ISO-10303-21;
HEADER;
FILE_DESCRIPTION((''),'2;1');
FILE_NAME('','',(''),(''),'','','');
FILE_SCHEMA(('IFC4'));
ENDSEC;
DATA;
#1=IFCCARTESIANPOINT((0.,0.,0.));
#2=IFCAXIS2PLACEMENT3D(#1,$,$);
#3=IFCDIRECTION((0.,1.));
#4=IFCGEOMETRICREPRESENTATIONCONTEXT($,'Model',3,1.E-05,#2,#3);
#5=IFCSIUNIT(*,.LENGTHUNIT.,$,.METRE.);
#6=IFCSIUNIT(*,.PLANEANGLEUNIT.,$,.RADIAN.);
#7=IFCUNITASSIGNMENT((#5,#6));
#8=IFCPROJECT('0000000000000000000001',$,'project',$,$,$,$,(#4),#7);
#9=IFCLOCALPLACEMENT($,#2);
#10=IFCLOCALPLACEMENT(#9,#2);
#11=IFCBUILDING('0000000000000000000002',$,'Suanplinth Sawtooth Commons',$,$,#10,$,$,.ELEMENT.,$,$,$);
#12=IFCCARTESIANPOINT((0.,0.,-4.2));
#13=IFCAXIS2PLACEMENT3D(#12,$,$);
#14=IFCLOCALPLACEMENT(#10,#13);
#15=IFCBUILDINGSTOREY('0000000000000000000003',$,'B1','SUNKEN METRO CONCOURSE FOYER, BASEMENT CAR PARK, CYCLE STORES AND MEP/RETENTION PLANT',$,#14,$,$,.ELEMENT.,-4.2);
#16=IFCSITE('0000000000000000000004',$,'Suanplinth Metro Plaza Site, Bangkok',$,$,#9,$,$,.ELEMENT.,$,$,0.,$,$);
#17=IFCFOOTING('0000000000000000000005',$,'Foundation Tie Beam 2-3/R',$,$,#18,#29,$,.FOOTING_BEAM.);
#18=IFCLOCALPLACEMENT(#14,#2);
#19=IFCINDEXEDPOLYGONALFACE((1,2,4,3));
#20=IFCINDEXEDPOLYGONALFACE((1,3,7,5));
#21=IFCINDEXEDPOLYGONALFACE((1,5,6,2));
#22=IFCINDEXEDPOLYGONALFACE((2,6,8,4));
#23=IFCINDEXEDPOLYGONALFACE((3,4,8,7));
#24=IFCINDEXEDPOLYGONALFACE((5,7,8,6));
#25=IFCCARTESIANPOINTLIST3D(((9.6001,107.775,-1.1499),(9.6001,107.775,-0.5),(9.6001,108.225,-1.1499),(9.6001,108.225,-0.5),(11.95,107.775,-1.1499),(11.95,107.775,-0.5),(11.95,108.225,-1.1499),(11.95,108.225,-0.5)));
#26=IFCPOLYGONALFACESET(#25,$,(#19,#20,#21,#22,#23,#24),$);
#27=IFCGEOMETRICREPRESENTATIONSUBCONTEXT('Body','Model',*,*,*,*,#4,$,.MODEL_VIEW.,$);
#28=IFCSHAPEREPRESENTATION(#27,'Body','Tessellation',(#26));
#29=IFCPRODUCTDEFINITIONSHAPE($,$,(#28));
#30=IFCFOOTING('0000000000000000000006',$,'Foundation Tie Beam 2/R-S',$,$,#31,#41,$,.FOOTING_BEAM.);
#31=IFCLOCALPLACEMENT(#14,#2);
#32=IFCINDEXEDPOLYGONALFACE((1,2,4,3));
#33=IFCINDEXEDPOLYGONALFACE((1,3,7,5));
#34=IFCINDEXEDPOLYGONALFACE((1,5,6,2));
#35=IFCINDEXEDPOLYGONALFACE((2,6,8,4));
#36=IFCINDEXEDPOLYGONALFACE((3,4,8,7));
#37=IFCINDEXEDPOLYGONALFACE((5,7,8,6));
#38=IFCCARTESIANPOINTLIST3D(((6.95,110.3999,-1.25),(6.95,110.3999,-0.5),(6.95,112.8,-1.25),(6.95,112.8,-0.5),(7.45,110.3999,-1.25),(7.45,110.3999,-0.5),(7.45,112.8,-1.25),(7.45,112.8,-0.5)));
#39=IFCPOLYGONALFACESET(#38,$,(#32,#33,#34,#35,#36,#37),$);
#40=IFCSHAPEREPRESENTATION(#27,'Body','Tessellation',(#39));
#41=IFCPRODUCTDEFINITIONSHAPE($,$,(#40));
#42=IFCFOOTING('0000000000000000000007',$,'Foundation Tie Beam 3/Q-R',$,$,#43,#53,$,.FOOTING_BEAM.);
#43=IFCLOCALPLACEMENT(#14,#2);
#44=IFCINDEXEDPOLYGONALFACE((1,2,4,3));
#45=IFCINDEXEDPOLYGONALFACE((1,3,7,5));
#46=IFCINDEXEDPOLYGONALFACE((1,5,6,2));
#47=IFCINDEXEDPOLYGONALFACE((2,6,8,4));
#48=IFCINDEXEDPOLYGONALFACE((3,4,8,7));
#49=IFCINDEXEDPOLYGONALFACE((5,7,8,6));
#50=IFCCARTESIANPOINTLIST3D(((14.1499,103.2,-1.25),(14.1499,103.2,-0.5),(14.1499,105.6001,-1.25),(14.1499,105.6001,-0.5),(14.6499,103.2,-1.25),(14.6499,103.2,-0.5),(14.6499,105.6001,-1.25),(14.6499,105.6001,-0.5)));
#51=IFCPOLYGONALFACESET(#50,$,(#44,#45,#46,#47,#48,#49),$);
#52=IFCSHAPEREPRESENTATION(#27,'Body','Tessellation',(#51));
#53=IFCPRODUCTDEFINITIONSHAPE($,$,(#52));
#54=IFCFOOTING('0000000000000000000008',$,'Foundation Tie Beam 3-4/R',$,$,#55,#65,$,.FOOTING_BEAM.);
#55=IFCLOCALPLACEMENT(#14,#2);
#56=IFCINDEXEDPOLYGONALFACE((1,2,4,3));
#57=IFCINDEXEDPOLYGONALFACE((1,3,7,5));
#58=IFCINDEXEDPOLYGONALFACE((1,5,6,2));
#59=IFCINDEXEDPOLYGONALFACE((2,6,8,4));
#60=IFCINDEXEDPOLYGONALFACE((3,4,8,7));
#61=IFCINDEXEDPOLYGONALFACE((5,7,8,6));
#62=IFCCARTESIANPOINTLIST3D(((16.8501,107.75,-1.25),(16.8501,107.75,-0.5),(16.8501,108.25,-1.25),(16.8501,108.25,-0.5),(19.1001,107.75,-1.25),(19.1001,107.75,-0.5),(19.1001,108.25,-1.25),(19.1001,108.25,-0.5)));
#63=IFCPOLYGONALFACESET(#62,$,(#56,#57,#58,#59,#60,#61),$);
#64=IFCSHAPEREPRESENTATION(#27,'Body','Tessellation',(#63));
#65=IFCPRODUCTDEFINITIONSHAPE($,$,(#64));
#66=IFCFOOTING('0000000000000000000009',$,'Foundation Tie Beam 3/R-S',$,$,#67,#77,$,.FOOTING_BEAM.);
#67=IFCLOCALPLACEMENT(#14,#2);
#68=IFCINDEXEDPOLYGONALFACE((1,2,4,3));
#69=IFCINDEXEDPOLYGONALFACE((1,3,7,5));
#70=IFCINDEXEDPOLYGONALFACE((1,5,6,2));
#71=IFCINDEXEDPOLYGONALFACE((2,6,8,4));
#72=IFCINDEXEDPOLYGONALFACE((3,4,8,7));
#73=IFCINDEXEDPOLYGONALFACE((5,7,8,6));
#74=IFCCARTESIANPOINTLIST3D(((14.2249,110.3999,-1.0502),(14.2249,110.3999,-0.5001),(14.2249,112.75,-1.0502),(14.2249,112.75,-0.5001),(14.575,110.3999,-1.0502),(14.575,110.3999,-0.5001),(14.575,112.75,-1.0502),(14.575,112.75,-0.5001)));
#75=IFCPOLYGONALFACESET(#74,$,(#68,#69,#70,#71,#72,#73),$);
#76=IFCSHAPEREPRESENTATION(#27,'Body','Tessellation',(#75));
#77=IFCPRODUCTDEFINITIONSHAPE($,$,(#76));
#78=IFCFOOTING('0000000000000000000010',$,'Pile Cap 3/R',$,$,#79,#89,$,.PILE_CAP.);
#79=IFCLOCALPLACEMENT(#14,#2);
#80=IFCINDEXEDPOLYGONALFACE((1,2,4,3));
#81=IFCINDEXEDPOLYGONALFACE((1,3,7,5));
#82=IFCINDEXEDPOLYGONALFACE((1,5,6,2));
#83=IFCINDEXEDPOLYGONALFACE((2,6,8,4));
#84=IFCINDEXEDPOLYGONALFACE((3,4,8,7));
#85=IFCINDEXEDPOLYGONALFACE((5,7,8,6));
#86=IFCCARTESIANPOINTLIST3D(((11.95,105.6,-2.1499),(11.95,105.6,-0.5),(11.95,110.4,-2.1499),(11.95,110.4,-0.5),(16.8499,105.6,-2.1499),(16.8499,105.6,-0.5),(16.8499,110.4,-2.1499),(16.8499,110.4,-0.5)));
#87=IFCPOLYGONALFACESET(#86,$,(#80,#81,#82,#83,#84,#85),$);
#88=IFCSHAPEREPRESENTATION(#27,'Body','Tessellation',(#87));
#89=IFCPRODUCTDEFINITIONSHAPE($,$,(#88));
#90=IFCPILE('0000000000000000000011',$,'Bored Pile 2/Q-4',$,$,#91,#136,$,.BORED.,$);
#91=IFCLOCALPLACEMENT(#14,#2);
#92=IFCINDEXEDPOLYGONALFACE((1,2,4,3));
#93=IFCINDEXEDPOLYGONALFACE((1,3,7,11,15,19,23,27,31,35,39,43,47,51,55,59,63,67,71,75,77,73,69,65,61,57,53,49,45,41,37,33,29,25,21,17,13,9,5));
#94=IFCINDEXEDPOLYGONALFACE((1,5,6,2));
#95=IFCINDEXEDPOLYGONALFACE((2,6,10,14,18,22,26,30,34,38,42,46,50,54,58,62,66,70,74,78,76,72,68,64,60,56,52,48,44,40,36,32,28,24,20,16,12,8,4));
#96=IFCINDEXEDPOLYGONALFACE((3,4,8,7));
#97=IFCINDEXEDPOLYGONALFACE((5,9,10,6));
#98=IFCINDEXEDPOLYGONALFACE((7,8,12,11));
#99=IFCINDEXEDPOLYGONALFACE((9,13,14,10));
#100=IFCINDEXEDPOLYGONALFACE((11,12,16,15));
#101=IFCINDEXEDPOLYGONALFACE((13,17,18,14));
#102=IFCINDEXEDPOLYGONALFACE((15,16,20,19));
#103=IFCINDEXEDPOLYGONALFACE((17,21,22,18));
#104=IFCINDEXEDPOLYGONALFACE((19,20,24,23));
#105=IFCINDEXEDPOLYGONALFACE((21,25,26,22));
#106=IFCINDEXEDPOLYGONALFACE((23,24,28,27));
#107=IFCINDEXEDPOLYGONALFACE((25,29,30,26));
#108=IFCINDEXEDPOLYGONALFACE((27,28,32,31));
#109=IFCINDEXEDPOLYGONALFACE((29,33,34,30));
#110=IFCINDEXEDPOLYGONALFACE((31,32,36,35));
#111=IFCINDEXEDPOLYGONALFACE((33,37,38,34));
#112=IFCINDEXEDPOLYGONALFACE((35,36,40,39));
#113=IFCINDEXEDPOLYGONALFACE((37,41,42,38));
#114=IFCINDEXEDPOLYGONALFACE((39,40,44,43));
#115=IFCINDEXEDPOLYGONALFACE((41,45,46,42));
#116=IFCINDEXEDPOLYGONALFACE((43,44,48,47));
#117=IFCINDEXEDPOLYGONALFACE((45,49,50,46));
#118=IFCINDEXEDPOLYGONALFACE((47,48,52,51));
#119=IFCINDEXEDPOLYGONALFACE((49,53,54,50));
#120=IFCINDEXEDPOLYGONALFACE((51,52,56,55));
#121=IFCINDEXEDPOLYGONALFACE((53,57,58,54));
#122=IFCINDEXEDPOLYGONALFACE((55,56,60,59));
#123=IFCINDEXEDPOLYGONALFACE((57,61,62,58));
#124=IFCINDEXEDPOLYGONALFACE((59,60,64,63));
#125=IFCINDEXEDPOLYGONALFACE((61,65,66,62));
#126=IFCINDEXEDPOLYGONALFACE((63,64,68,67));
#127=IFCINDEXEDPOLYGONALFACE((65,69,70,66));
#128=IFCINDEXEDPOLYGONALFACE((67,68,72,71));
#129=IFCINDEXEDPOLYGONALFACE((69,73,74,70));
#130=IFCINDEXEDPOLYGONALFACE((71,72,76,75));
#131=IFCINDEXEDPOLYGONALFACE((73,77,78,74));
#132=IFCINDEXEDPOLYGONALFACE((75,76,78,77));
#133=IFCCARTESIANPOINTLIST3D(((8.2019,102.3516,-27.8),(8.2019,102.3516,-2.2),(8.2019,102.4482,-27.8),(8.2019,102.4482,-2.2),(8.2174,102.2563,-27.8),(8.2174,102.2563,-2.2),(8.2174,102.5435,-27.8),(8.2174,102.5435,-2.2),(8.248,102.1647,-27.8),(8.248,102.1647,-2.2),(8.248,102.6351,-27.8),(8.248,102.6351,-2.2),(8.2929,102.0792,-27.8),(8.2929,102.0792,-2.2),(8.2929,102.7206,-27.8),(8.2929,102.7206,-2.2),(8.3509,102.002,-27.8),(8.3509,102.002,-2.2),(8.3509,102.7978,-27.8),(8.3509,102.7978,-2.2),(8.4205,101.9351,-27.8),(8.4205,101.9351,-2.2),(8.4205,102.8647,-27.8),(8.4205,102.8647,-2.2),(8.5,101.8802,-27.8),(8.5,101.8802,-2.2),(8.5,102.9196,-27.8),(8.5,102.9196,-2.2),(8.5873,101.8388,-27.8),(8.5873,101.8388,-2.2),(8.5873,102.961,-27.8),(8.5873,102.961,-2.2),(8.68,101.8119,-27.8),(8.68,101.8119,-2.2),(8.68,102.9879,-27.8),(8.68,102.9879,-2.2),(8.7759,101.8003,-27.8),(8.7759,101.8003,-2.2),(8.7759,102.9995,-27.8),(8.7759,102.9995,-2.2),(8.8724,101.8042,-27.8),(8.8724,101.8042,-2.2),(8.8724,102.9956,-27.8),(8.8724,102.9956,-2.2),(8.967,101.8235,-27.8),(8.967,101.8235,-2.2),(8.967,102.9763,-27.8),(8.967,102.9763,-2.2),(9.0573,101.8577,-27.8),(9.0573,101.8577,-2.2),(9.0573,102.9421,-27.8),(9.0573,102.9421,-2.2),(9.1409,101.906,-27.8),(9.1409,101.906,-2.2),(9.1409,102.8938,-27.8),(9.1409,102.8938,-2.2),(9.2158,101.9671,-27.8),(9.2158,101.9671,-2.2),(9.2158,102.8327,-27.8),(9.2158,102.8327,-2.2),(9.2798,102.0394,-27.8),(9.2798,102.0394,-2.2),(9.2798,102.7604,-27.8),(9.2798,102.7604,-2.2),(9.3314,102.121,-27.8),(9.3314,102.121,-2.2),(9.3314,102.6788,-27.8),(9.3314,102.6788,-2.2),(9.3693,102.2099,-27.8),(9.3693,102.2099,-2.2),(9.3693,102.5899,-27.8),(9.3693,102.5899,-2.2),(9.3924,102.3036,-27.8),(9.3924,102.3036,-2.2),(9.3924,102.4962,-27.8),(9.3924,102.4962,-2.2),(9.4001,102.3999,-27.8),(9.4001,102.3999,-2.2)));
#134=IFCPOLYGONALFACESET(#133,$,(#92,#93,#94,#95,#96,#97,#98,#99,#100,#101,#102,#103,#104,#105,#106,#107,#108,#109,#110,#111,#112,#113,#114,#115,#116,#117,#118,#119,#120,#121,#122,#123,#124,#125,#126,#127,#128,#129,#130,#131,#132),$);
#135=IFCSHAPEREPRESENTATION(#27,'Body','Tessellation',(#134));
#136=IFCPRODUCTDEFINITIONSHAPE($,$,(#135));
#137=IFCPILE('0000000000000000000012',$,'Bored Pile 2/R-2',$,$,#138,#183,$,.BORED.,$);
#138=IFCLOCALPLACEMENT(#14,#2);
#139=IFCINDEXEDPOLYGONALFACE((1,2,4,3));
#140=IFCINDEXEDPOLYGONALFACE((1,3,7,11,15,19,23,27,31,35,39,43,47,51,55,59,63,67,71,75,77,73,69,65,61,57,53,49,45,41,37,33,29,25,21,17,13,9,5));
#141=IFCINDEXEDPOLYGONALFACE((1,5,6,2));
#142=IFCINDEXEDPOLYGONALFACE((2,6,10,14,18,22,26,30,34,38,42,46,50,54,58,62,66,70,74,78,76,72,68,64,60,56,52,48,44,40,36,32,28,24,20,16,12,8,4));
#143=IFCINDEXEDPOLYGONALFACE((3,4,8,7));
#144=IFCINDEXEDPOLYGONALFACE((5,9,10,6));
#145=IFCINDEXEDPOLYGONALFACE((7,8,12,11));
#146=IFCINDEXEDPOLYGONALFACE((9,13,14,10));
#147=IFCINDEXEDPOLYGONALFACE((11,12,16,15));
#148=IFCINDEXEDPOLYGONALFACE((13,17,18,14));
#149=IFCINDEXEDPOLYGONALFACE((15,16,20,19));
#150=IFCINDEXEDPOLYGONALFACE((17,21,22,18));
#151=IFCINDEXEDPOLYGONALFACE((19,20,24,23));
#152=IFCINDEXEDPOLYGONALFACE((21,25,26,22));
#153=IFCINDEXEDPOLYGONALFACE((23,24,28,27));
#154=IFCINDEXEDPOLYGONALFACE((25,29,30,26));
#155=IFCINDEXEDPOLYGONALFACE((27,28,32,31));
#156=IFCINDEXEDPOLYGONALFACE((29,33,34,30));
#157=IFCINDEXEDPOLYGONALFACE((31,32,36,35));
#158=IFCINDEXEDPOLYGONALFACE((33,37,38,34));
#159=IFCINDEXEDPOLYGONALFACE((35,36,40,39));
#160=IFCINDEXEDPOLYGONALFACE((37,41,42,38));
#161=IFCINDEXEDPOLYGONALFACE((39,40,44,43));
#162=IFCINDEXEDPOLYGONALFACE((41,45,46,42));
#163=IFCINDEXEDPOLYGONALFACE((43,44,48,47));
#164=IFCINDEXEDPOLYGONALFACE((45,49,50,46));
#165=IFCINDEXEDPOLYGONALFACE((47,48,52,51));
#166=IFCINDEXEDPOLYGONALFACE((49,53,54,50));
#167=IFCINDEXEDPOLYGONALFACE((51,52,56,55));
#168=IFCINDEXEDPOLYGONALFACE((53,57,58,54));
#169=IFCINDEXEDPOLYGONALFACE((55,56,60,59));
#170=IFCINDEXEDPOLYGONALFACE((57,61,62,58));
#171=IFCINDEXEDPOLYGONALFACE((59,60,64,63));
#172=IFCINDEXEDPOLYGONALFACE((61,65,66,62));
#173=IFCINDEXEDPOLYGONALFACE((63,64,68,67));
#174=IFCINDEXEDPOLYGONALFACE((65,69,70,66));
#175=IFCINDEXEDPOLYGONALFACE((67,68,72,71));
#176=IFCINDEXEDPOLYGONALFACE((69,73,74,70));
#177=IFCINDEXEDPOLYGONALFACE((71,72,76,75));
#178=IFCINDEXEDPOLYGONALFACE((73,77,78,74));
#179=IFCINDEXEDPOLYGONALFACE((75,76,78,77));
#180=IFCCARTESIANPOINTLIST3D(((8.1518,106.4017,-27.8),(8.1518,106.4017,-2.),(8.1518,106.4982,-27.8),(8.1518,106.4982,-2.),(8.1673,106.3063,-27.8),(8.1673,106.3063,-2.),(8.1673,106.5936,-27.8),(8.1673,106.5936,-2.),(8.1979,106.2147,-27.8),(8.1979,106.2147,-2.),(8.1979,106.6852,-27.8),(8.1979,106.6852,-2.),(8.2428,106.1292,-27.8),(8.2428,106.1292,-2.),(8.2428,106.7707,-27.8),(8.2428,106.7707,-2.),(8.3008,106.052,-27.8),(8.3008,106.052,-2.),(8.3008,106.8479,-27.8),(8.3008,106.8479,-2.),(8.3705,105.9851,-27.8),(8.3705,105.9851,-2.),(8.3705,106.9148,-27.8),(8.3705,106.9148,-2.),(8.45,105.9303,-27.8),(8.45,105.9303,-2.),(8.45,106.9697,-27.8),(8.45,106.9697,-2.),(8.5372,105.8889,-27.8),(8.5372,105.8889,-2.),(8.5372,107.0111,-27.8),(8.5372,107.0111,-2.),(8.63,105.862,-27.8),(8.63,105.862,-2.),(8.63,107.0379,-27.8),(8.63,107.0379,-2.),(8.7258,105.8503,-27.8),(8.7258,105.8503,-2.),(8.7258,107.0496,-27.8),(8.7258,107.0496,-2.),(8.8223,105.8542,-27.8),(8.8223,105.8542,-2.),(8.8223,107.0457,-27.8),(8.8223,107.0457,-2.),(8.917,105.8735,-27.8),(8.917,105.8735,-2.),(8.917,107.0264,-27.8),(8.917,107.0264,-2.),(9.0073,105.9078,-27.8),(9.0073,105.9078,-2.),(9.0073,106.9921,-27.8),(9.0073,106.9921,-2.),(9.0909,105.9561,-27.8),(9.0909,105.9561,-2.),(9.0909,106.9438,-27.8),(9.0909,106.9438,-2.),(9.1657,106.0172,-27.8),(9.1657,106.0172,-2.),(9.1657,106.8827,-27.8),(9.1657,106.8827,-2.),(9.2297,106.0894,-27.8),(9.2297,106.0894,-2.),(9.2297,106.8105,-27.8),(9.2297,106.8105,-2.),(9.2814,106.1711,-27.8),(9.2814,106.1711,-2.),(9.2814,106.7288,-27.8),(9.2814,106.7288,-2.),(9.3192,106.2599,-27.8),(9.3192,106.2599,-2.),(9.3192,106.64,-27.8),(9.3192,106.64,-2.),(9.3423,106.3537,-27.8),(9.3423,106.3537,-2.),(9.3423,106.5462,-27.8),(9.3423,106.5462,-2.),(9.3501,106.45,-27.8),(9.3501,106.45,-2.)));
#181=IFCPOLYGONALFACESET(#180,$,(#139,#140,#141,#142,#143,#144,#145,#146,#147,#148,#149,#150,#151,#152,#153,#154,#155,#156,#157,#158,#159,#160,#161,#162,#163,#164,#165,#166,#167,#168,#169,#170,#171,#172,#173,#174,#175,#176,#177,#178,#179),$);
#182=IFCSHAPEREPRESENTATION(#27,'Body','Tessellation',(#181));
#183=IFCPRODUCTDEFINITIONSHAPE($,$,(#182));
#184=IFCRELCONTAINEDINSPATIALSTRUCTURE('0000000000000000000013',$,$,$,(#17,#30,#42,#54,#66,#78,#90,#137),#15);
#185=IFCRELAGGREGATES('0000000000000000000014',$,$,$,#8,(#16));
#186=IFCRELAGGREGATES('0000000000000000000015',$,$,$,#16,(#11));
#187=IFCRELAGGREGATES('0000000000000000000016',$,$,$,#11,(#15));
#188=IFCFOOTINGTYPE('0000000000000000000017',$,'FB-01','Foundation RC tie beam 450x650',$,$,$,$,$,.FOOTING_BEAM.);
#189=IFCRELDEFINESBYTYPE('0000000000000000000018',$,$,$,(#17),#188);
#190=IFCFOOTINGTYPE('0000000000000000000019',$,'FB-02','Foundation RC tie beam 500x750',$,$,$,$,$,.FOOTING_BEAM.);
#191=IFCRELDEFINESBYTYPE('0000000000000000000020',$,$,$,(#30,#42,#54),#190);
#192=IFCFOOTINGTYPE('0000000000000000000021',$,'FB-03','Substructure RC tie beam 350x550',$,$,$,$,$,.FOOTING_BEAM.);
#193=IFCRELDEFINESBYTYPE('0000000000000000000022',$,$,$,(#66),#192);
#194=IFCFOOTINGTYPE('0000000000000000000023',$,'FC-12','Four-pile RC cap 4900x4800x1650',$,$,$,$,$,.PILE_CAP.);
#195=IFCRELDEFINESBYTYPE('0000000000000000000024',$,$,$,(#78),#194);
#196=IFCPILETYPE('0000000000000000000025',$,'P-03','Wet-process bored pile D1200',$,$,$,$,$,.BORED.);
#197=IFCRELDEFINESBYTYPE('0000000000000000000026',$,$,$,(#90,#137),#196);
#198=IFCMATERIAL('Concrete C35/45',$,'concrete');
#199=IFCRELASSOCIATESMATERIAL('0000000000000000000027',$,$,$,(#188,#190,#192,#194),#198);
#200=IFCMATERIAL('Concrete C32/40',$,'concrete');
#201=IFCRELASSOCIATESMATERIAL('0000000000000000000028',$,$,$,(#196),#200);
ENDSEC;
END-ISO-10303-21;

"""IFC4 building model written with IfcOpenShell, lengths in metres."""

from ifc_helpers import new_model, si_unit, direction, frame, origin, origin_2d, place, context, subcontext, project, spatial, rectangle, circle, extrude, material, material_profile, profile_set, type_object, element, save


model = new_model("IFC4")

# Units and contexts
model_context = context("Model", 3, precision=1e-05, world=origin(), true_north=direction((0.0, 1.0)))
body_context = subcontext(model_context, "Body", "Model", "MODEL_VIEW")
ifc_project = project(units=[si_unit("LENGTHUNIT", "METRE"), si_unit("PLANEANGLEUNIT", "RADIAN")], contexts=[model_context])

# Site, building, storey
site_placement = place(None, origin())
site = spatial("IfcSite", under=ifc_project, at=site_placement, Name="Suanplinth Metro Plaza Site, Bangkok", CompositionType="ELEMENT", RefElevation=0.0)
building_placement = place(site_placement, origin())
building = spatial("IfcBuilding", under=site, at=building_placement, Name="Suanplinth Sawtooth Commons", CompositionType="ELEMENT")
storey_placement = place(building_placement, frame((0.0, 0.0, -4.2)))
storey = spatial("IfcBuildingStorey", under=building, at=storey_placement, Name="B1", Description="SUNKEN METRO CONCOURSE FOYER, BASEMENT CAR PARK, CYCLE STORES AND MEP/RETENTION PLANT", CompositionType="ELEMENT", Elevation=-4.2)

# Footings
ifc_material_1 = material(Name="Concrete C35/45", Category="concrete")
ifc_material_profile_1 = material_profile(ifc_material_1, rectangle(XDim=0.45, YDim=0.6499, at=origin_2d()), Name="PC-GDR 450x650")
ifc_profile_set_1 = profile_set([ifc_material_profile_1], Name="Concrete C35/45")
footing_type_1 = type_object("IfcFootingType", Name="FB-01", Description="Foundation RC tie beam 450x650", PredefinedType="FOOTING_BEAM", material=ifc_profile_set_1)
footing_1_placement = place(storey_placement, frame((9.6001, 108.0, -0.825), z_axis=(1.0, 0.0, 0.0), x_axis=(0.0, 1.0, 0.0)))
element("IfcFooting", 1, at=footing_1_placement, inside=storey, type_object=footing_type_1, Name="Foundation Tie Beam 2-3/R", PredefinedType="FOOTING_BEAM", context=body_context, shape_type="SweptSolid", body=[
    extrude(rectangle(XDim=0.45, YDim=0.6499, at=origin_2d()), origin(), (0.0, 0.0, 1.0), 2.3499),
])
ifc_material_profile_2 = material_profile(ifc_material_1, rectangle(XDim=0.5, YDim=0.75, at=origin_2d()), Name="RC-GDR 500x750")
ifc_profile_set_2 = profile_set([ifc_material_profile_2], Name="Concrete C35/45")
footing_type_2 = type_object("IfcFootingType", Name="FB-02", Description="Foundation RC tie beam 500x750", PredefinedType="FOOTING_BEAM", material=ifc_profile_set_2)
for number, where, z_axis, x_axis, name in (
    (2, (7.2, 110.3999, -0.875), (0.0, 1.0, 0.0), (-1.0, 0.0, 0.0), "Foundation Tie Beam 2/R-S"),
    (3, (14.3999, 103.2, -0.875), (0.0, 1.0, 0.0), (-1.0, 0.0, 0.0), "Foundation Tie Beam 3/Q-R"),
):
    element("IfcFooting", number, at=place(storey_placement, frame(where, z_axis=z_axis, x_axis=x_axis)), inside=storey, type_object=footing_type_2, Name=name, PredefinedType="FOOTING_BEAM", context=body_context, shape_type="SweptSolid", body=[
        extrude(rectangle(XDim=0.5, YDim=0.75, at=origin_2d()), origin(), (0.0, 0.0, 1.0), 2.4001),
    ])
footing_2_placement = place(storey_placement, frame((16.8501, 108.0, -0.875), z_axis=(1.0, 0.0, 0.0), x_axis=(0.0, 1.0, 0.0)))
element("IfcFooting", 4, at=footing_2_placement, inside=storey, type_object=footing_type_2, Name="Foundation Tie Beam 3-4/R", PredefinedType="FOOTING_BEAM", context=body_context, shape_type="SweptSolid", body=[
    extrude(rectangle(XDim=0.5, YDim=0.75, at=origin_2d()), origin(), (0.0, 0.0, 1.0), 2.25),
])
ifc_material_profile_3 = material_profile(ifc_material_1, rectangle(XDim=0.3501, YDim=0.55, at=origin_2d()), Name="PC-BM 350x550")
ifc_profile_set_3 = profile_set([ifc_material_profile_3], Name="Concrete C35/45")
footing_type_3 = type_object("IfcFootingType", Name="FB-03", Description="Substructure RC tie beam 350x550", PredefinedType="FOOTING_BEAM", material=ifc_profile_set_3)
footing_3_placement = place(storey_placement, frame((14.3999, 110.3999, -0.7751), z_axis=(0.0, 1.0, 0.0), x_axis=(-1.0, 0.0, 0.0)))
element("IfcFooting", 5, at=footing_3_placement, inside=storey, type_object=footing_type_3, Name="Foundation Tie Beam 3/R-S", PredefinedType="FOOTING_BEAM", context=body_context, shape_type="SweptSolid", body=[
    extrude(rectangle(XDim=0.3501, YDim=0.55, at=origin_2d()), origin(), (0.0, 0.0, 1.0), 2.3501),
])
footing_type_4 = type_object("IfcFootingType", Name="FC-12", Description="Four-pile RC cap 4900x4800x1650", PredefinedType="PILE_CAP", material=ifc_material_1)
footing_4_placement = place(storey_placement, frame((14.3999, 108.0, -2.1499), z_axis=(0.0, 0.0, 1.0), x_axis=(1.0, 0.0, 0.0)))
element("IfcFooting", 6, at=footing_4_placement, inside=storey, type_object=footing_type_4, Name="Pile Cap 3/R", PredefinedType="PILE_CAP", context=body_context, shape_type="SweptSolid", body=[
    extrude(rectangle(XDim=4.8999, YDim=4.8, at=origin_2d()), origin(), (0.0, 0.0, 1.0), 1.6499),
])

# Piles
ifc_material_2 = material(Name="Concrete C32/40", Category="concrete")
ifc_material_profile_4 = material_profile(ifc_material_2, circle(Radius=0.6001, at=origin_2d()), Name="PILE D1200")
ifc_profile_set_4 = profile_set([ifc_material_profile_4], Name="Concrete C32/40")
pile_type = type_object("IfcPileType", Name="P-03", Description="Wet-process bored pile D1200", PredefinedType="BORED", material=ifc_profile_set_4)
pile_1_placement = place(storey_placement, frame((8.8, 102.3999, -2.2), z_axis=(0.0, 0.0, -1.0), x_axis=(1.0, 0.0, 0.0)))
element("IfcPile", 7, at=pile_1_placement, inside=storey, type_object=pile_type, Name="Bored Pile 2/Q-4", PredefinedType="BORED", context=body_context, shape_type="SweptSolid", body=[
    extrude(circle(Radius=0.6001, at=origin_2d()), origin(), (0.0, 0.0, 1.0), 25.6001),
])
for number, where, z_axis, x_axis, name in (
    (8, (8.75, 106.45, -2.0), (0.0, 0.0, -1.0), (1.0, 0.0, 0.0), "Bored Pile 2/R-2"),
):
    element("IfcPile", number, at=place(storey_placement, frame(where, z_axis=z_axis, x_axis=x_axis)), inside=storey, type_object=pile_type, Name=name, PredefinedType="BORED", context=body_context, shape_type="SweptSolid", body=[
        extrude(circle(Radius=0.6001, at=origin_2d()), origin(), (0.0, 0.0, 1.0), 25.8),
    ])

save(model, "model.ifc")
